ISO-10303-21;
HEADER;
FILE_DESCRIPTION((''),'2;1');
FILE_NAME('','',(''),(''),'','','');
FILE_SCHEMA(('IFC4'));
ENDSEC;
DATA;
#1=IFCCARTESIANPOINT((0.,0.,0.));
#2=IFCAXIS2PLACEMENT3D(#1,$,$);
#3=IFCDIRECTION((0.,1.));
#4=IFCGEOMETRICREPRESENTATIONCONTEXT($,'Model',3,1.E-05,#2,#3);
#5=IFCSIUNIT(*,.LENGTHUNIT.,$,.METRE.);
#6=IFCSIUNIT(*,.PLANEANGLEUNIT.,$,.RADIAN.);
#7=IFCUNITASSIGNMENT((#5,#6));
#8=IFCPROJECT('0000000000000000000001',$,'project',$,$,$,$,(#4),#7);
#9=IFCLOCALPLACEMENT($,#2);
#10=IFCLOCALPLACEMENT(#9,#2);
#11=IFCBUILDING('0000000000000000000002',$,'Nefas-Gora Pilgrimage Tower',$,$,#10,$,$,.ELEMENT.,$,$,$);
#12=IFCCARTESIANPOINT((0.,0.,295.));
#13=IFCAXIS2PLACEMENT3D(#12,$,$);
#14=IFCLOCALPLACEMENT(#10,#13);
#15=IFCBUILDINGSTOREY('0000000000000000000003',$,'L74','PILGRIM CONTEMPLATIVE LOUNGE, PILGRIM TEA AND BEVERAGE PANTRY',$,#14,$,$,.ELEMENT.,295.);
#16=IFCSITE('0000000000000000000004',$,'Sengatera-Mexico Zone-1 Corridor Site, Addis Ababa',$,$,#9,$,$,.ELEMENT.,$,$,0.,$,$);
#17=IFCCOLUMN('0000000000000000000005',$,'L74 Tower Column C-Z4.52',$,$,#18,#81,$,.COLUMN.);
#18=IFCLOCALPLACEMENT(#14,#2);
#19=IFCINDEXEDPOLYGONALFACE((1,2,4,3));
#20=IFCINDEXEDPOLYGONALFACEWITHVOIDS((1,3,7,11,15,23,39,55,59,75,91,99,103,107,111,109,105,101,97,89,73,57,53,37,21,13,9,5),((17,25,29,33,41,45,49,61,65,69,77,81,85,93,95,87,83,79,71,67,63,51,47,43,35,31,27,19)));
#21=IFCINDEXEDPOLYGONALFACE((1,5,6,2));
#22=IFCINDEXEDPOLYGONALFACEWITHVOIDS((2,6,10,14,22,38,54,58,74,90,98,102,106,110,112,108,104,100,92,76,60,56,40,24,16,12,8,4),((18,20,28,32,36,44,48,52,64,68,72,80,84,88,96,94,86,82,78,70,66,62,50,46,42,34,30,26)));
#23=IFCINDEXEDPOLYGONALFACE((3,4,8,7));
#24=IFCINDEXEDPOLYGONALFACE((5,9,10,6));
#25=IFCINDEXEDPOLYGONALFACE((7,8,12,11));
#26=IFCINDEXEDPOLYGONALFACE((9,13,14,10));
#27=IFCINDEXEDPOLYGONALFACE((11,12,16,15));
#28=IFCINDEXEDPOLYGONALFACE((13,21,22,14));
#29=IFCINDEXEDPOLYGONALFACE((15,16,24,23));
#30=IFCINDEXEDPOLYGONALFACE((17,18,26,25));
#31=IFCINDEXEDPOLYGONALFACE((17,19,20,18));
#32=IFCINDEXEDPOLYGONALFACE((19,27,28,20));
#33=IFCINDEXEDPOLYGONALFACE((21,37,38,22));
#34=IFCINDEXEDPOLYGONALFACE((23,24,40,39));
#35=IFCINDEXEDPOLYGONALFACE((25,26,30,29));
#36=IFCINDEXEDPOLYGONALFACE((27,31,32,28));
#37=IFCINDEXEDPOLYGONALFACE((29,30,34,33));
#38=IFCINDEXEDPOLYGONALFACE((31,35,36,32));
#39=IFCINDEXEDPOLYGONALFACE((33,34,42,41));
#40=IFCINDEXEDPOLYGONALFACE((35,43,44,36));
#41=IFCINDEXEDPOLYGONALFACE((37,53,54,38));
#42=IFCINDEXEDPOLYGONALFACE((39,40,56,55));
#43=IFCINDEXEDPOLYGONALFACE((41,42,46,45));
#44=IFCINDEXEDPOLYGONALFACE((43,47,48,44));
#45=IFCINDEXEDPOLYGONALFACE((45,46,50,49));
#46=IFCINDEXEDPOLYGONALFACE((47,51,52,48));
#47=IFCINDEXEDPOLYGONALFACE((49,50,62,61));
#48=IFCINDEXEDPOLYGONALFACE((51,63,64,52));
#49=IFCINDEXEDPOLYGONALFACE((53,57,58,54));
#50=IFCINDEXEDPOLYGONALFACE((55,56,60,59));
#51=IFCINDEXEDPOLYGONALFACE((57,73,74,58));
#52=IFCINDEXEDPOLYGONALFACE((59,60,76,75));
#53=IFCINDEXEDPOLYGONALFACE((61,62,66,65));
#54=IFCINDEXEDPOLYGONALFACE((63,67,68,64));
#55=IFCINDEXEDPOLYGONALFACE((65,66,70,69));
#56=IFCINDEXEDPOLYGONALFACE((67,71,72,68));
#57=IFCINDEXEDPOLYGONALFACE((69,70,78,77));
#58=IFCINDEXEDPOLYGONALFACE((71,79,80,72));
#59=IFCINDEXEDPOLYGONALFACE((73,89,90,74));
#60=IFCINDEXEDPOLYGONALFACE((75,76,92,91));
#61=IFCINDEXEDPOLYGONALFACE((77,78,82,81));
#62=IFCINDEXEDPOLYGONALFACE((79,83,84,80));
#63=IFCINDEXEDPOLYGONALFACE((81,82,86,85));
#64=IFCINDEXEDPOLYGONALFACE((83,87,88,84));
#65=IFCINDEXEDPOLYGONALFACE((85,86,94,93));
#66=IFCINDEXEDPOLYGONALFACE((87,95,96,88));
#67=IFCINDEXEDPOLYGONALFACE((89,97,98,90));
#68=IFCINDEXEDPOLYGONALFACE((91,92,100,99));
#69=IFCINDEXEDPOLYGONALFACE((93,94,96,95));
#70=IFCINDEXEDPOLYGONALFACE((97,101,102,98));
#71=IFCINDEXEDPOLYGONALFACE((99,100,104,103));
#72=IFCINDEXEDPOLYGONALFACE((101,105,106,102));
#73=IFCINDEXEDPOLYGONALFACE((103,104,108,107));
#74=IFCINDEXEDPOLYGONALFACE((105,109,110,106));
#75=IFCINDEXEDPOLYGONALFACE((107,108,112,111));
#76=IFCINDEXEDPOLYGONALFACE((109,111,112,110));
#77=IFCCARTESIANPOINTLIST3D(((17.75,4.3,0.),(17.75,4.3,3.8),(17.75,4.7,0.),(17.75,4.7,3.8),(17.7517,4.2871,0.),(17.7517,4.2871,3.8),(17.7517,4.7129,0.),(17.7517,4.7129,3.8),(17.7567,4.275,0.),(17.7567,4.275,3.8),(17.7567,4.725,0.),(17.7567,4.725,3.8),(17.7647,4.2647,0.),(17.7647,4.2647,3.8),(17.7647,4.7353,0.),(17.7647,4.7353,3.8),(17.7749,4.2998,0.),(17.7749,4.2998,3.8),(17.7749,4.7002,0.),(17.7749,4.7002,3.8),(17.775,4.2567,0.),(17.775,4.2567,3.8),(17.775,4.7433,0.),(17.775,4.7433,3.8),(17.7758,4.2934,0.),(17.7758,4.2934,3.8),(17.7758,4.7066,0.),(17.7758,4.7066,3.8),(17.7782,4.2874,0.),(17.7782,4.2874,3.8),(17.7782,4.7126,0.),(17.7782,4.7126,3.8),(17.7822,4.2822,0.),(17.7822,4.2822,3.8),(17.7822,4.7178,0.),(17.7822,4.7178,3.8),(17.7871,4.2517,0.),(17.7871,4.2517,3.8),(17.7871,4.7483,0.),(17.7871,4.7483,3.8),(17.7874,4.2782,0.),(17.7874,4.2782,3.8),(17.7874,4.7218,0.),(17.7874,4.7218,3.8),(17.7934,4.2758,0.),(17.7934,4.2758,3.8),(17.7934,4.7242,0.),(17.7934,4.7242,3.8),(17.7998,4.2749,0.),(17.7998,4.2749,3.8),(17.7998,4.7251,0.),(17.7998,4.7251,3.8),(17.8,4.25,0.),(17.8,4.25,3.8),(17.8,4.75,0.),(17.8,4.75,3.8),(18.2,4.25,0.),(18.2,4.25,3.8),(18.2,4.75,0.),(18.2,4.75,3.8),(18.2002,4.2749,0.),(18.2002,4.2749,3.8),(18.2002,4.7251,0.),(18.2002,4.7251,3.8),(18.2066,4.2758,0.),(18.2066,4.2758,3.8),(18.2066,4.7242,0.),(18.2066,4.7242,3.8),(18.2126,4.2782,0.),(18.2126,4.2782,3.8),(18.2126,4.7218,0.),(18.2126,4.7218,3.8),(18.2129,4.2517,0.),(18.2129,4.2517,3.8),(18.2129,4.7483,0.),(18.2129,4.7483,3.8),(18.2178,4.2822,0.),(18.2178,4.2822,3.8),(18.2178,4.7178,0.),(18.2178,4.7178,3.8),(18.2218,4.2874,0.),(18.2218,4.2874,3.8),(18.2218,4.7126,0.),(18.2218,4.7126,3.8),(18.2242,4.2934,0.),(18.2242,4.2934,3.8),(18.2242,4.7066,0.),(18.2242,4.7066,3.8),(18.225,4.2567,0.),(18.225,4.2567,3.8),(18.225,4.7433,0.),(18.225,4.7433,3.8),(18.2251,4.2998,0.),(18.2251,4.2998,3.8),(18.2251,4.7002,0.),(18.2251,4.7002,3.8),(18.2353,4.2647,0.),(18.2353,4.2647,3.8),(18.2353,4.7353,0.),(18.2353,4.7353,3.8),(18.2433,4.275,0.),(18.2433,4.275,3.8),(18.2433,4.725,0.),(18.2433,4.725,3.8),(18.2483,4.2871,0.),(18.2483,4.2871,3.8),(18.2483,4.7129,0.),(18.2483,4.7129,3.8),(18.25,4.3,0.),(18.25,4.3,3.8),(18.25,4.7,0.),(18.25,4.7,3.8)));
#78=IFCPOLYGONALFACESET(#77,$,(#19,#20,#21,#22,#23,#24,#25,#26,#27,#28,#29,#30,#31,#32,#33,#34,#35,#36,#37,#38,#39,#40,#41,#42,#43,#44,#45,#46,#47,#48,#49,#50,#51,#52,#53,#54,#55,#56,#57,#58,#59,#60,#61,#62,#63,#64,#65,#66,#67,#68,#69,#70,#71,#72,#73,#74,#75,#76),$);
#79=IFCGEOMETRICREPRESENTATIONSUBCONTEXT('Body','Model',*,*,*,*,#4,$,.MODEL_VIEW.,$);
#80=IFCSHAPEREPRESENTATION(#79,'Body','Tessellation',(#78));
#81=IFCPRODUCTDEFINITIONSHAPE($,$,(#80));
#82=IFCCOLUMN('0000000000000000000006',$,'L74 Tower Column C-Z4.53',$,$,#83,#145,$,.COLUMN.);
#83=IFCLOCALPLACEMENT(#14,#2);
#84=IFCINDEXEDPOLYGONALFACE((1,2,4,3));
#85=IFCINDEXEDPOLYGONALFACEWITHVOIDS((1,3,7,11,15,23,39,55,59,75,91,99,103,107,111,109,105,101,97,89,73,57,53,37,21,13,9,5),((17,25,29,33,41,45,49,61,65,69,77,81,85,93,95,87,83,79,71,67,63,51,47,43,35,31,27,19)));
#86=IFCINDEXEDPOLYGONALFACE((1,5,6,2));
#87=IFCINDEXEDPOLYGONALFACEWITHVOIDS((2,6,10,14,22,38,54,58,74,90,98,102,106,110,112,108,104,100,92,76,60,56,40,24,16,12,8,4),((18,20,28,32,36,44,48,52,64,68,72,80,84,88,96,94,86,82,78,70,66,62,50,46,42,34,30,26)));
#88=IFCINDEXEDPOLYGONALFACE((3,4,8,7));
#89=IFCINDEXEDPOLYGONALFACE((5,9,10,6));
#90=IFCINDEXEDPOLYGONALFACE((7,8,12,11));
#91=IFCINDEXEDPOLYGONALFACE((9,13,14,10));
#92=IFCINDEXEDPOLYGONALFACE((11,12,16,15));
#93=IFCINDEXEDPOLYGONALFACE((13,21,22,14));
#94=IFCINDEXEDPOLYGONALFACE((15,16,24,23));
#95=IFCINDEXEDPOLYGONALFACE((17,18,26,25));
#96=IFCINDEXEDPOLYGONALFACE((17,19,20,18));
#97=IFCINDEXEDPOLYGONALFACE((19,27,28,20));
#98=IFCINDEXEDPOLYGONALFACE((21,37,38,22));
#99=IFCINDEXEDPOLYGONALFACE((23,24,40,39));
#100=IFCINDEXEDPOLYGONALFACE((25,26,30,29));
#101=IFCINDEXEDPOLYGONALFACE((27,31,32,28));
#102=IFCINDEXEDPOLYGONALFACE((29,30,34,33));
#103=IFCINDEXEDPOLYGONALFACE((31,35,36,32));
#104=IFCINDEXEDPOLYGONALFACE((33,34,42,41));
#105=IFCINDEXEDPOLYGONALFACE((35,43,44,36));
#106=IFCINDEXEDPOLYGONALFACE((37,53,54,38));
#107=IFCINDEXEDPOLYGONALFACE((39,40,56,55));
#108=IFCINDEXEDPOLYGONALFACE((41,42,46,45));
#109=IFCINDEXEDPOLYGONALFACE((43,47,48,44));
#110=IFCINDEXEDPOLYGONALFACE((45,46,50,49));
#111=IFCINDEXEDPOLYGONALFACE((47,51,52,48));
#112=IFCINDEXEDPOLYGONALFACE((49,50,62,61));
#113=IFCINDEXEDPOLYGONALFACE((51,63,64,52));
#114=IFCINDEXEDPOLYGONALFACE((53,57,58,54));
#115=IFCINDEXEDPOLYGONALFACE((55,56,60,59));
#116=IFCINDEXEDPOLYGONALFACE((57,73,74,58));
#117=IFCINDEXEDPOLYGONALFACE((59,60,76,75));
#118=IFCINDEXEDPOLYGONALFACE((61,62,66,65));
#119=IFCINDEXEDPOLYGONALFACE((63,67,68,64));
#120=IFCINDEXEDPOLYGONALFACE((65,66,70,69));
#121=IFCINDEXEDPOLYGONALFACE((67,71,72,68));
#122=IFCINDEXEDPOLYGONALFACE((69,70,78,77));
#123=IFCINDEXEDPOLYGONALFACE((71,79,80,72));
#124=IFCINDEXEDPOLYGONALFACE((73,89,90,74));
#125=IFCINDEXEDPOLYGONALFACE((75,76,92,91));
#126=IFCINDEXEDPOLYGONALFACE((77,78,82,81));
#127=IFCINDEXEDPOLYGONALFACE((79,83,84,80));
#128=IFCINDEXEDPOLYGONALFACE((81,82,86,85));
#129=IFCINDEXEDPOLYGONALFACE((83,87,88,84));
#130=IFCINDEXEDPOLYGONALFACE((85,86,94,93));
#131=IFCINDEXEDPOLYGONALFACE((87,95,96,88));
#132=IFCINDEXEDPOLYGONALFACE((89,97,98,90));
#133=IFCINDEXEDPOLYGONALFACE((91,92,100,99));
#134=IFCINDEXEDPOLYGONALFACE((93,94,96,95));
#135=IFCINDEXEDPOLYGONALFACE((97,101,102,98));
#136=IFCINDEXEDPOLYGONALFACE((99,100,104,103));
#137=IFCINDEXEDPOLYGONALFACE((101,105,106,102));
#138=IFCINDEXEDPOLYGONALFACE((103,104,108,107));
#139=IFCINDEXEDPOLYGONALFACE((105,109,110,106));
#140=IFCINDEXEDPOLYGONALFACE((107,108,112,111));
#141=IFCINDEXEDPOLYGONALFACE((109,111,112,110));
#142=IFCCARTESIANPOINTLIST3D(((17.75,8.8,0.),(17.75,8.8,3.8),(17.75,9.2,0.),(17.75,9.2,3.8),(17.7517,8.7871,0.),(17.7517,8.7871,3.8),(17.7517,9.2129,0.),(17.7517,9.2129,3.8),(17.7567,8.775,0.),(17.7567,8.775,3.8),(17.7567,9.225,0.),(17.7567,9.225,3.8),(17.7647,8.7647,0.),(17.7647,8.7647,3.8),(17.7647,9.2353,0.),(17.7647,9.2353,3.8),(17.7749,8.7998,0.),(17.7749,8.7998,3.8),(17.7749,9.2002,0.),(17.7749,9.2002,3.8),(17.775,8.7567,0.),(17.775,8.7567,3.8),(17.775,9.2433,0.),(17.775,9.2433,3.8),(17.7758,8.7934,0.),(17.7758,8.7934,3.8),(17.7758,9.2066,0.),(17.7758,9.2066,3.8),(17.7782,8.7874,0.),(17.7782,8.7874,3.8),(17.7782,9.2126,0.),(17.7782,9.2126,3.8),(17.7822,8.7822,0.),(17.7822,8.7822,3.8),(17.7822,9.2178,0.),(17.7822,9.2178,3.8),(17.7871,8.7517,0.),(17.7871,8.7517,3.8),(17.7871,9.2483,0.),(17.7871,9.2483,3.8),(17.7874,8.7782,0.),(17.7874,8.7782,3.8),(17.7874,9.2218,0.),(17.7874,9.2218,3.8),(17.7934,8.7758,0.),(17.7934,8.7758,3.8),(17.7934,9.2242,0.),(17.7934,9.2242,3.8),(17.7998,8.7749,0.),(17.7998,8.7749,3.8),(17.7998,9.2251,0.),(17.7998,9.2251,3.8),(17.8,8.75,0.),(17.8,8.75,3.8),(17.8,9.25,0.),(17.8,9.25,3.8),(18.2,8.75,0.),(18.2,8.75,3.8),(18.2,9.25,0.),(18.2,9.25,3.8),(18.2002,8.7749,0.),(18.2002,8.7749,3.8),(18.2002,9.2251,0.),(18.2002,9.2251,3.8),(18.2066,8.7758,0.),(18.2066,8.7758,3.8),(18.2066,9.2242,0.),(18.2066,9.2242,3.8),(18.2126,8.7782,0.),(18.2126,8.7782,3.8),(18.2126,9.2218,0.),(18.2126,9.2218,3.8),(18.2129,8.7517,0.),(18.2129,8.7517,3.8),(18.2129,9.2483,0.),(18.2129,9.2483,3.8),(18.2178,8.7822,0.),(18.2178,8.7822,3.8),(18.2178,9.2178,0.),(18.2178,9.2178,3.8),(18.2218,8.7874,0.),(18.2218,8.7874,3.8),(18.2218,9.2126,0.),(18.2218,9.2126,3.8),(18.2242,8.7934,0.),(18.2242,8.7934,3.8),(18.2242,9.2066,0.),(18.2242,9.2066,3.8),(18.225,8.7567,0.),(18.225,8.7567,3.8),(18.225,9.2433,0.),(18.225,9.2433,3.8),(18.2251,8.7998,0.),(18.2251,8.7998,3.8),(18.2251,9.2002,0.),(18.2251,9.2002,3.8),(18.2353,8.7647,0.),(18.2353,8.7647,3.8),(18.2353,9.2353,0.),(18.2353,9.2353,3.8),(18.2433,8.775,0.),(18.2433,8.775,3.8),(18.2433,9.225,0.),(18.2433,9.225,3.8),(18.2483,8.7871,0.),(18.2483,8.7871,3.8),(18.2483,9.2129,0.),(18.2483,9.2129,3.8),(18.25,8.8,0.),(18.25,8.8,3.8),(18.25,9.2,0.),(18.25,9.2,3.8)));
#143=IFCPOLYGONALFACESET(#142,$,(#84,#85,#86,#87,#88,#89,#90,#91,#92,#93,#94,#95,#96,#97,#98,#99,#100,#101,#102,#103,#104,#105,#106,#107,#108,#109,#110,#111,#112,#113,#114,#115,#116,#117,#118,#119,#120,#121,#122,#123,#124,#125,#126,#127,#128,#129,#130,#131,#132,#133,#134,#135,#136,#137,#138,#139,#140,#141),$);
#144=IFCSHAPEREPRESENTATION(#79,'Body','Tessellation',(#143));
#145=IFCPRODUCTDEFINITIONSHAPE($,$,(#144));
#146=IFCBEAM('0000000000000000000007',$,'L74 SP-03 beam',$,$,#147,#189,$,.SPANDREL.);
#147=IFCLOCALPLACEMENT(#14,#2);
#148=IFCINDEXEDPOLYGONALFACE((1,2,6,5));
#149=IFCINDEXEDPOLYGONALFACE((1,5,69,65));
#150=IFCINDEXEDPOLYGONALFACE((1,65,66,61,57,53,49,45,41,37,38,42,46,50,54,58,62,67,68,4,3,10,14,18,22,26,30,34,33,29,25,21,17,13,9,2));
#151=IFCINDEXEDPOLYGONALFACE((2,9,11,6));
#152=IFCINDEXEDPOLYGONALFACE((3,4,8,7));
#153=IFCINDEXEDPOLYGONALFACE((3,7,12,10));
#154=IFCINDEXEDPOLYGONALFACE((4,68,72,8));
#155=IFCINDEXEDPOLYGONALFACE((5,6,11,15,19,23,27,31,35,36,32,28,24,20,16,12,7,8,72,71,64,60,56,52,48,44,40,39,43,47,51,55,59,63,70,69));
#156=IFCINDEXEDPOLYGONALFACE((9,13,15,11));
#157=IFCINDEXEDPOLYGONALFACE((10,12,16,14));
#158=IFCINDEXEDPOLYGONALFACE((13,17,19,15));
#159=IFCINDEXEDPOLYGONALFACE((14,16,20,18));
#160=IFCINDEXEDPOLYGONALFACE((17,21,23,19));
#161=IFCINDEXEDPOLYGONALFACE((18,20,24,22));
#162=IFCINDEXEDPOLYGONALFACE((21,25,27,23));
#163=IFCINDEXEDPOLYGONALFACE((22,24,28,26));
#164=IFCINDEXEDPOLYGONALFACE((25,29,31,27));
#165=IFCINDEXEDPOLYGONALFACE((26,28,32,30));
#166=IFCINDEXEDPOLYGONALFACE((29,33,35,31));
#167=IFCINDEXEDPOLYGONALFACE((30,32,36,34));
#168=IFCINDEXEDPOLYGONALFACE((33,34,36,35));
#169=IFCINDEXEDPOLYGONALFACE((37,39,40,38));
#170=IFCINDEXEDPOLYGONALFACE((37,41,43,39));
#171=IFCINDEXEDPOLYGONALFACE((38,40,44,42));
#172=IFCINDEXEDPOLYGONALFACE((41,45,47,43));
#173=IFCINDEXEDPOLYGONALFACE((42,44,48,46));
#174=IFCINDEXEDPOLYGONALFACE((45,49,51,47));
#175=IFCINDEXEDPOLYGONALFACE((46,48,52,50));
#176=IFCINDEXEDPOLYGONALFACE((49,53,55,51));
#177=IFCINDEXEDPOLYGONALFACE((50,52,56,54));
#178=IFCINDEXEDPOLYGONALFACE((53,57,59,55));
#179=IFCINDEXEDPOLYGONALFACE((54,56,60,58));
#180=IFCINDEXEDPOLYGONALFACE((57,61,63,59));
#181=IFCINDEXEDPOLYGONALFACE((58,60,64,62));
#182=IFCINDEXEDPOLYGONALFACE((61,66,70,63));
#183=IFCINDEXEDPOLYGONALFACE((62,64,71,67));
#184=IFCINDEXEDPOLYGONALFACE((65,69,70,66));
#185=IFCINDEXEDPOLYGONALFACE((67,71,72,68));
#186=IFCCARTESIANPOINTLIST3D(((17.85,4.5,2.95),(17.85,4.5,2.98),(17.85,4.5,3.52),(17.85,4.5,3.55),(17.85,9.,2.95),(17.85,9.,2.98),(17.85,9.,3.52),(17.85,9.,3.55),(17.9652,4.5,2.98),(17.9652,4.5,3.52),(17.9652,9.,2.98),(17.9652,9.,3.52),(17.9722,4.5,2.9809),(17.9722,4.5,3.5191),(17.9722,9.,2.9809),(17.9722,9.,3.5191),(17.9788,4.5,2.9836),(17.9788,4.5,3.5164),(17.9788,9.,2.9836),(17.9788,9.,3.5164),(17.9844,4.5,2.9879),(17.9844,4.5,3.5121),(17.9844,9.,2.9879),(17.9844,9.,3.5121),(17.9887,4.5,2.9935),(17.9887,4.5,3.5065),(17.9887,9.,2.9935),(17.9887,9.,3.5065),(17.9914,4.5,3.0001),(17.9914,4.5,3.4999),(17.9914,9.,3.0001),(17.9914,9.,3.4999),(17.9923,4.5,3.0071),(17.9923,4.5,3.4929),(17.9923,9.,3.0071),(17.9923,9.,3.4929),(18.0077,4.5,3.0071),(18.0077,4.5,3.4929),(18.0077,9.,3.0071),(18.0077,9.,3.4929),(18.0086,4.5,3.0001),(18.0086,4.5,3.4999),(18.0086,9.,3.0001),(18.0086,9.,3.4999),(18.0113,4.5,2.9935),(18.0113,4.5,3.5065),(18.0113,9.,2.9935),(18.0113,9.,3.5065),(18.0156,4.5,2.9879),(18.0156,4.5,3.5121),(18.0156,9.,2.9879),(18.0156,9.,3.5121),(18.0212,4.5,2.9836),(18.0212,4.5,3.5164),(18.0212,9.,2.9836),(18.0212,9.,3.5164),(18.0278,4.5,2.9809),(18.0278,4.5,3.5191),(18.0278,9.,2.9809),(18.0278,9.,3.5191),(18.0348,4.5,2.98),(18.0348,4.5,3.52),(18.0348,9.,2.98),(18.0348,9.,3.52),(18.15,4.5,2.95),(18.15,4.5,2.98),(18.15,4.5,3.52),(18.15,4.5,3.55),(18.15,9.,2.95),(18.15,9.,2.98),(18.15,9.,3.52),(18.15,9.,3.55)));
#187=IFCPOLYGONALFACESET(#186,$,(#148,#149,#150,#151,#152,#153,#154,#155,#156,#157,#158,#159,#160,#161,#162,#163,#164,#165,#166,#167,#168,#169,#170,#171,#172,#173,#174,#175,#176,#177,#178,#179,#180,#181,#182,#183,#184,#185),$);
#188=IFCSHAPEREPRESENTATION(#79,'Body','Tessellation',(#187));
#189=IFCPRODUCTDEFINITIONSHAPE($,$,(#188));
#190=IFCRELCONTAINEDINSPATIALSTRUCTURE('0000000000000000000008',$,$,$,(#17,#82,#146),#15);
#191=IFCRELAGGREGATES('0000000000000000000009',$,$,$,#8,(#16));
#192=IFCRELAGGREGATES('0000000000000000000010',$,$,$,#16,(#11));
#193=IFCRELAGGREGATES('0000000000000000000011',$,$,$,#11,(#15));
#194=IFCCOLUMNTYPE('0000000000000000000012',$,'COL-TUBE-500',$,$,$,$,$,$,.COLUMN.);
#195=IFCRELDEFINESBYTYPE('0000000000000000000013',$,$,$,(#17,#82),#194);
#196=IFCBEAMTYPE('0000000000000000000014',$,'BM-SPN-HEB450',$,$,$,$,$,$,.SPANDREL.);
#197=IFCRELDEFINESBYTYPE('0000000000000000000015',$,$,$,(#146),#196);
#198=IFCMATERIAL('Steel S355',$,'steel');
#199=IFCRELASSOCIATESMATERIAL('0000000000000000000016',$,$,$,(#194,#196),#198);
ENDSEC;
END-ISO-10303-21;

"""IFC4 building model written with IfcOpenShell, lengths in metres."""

from ifc_helpers import new_model, si_unit, direction, frame, origin, origin_2d, place, context, subcontext, project, spatial, hollow_rectangle, i_section, extrude, source, transform, mapped, material, material_profile, profile_set, type_object, element, save


model = new_model("IFC4")

# Units and contexts
model_context = context("Model", 3, precision=1e-05, world=origin(), true_north=direction((0.0, 1.0)))
body_context = subcontext(model_context, "Body", "Model", "MODEL_VIEW")
ifc_project = project(units=[si_unit("LENGTHUNIT", "METRE"), si_unit("PLANEANGLEUNIT", "RADIAN")], contexts=[model_context])

# Site, building, storey
site_placement = place(None, origin())
site = spatial("IfcSite", under=ifc_project, at=site_placement, Name="Sengatera-Mexico Zone-1 Corridor Site, Addis Ababa", CompositionType="ELEMENT", RefElevation=0.0)
building_placement = place(site_placement, origin())
building = spatial("IfcBuilding", under=site, at=building_placement, Name="Nefas-Gora Pilgrimage Tower", CompositionType="ELEMENT")
storey_placement = place(building_placement, frame((0.0, 0.0, 295.0)))
storey = spatial("IfcBuildingStorey", under=building, at=storey_placement, Name="L74", Description="PILGRIM CONTEMPLATIVE LOUNGE, PILGRIM TEA AND BEVERAGE PANTRY", CompositionType="ELEMENT", Elevation=295.0)

# Columns
ifc_material_1 = material(Name="Steel S355", Category="steel")
ifc_material_profile_1 = material_profile(ifc_material_1, hollow_rectangle(XDim=0.5, YDim=0.5, WallThickness=0.0249, InnerFilletRadius=0.0249, OuterFilletRadius=0.05, at=origin_2d()), Name="SHS 500x500x25")
ifc_profile_set_1 = profile_set([ifc_material_profile_1], Name="Steel S355")
column_type_1 = type_object("IfcColumnType", Name="COL-TUBE-500", PredefinedType="COLUMN", material=ifc_profile_set_1)
shared_shape_1 = source(origin(), body_context, "Body", "SweptSolid", [
    extrude(hollow_rectangle(XDim=0.5, YDim=0.5, WallThickness=0.0249, InnerFilletRadius=0.0249, OuterFilletRadius=0.05, at=origin_2d()), origin(), (0.0, 0.0, 1.0), 3.8),
])
for number, where, z_axis, x_axis, name in (
    (1, (18.0, 4.5, 0.0), (0.0, 0.0, 1.0), (1.0, 0.0, 0.0), "L74 Tower Column C-Z4.52"),
    (2, (18.0, 9.0, 0.0), (0.0, 0.0, 1.0), (1.0, 0.0, 0.0), "L74 Tower Column C-Z4.53"),
):
    element("IfcColumn", number, at=place(storey_placement, frame(where, z_axis=z_axis, x_axis=x_axis)), inside=storey, type_object=column_type_1, Name=name, PredefinedType="COLUMN", context=body_context, shape_type="MappedRepresentation", body=[
        mapped(shared_shape_1, transform((0.0, 0.0, 0.0), x_axis=(1.0, 0.0, 0.0), y_axis=(0.0, 1.0, 0.0), z_axis=(0.0, 0.0, 1.0), scale=1.0)),
    ])

# Beam
ifc_material_profile_2 = material_profile(ifc_material_1, i_section(OverallWidth=0.3, OverallDepth=0.6001, WebThickness=0.0154, FlangeThickness=0.03, FilletRadius=0.0271, at=origin_2d()), Name="HEB 600")
ifc_profile_set_2 = profile_set([ifc_material_profile_2], Name="Steel S355")
beam_type_1 = type_object("IfcBeamType", Name="BM-SPN-HEB450", PredefinedType="SPANDREL", material=ifc_profile_set_2)
shared_shape_2 = source(origin(), body_context, "Body", "SweptSolid", [
    extrude(i_section(OverallWidth=0.3, OverallDepth=0.6001, WebThickness=0.0154, FlangeThickness=0.03, FilletRadius=0.0271, at=origin_2d()), origin(), (0.0, 0.0, 1.0), 4.5),
])
beam_1_placement = place(storey_placement, frame((18.0, 4.5, 3.25), z_axis=(0.0, 1.0, 0.0), x_axis=(-1.0, 0.0, 0.0)))
element("IfcBeam", 3, at=beam_1_placement, inside=storey, type_object=beam_type_1, Name="L74 SP-03 beam", PredefinedType="SPANDREL", context=body_context, shape_type="MappedRepresentation", body=[
    mapped(shared_shape_2, transform((0.0, 0.0, 0.0), x_axis=(1.0, 0.0, 0.0), y_axis=(0.0, 1.0, 0.0), z_axis=(0.0, 0.0, 1.0), scale=1.0)),
])

save(model, "model.ifc")
